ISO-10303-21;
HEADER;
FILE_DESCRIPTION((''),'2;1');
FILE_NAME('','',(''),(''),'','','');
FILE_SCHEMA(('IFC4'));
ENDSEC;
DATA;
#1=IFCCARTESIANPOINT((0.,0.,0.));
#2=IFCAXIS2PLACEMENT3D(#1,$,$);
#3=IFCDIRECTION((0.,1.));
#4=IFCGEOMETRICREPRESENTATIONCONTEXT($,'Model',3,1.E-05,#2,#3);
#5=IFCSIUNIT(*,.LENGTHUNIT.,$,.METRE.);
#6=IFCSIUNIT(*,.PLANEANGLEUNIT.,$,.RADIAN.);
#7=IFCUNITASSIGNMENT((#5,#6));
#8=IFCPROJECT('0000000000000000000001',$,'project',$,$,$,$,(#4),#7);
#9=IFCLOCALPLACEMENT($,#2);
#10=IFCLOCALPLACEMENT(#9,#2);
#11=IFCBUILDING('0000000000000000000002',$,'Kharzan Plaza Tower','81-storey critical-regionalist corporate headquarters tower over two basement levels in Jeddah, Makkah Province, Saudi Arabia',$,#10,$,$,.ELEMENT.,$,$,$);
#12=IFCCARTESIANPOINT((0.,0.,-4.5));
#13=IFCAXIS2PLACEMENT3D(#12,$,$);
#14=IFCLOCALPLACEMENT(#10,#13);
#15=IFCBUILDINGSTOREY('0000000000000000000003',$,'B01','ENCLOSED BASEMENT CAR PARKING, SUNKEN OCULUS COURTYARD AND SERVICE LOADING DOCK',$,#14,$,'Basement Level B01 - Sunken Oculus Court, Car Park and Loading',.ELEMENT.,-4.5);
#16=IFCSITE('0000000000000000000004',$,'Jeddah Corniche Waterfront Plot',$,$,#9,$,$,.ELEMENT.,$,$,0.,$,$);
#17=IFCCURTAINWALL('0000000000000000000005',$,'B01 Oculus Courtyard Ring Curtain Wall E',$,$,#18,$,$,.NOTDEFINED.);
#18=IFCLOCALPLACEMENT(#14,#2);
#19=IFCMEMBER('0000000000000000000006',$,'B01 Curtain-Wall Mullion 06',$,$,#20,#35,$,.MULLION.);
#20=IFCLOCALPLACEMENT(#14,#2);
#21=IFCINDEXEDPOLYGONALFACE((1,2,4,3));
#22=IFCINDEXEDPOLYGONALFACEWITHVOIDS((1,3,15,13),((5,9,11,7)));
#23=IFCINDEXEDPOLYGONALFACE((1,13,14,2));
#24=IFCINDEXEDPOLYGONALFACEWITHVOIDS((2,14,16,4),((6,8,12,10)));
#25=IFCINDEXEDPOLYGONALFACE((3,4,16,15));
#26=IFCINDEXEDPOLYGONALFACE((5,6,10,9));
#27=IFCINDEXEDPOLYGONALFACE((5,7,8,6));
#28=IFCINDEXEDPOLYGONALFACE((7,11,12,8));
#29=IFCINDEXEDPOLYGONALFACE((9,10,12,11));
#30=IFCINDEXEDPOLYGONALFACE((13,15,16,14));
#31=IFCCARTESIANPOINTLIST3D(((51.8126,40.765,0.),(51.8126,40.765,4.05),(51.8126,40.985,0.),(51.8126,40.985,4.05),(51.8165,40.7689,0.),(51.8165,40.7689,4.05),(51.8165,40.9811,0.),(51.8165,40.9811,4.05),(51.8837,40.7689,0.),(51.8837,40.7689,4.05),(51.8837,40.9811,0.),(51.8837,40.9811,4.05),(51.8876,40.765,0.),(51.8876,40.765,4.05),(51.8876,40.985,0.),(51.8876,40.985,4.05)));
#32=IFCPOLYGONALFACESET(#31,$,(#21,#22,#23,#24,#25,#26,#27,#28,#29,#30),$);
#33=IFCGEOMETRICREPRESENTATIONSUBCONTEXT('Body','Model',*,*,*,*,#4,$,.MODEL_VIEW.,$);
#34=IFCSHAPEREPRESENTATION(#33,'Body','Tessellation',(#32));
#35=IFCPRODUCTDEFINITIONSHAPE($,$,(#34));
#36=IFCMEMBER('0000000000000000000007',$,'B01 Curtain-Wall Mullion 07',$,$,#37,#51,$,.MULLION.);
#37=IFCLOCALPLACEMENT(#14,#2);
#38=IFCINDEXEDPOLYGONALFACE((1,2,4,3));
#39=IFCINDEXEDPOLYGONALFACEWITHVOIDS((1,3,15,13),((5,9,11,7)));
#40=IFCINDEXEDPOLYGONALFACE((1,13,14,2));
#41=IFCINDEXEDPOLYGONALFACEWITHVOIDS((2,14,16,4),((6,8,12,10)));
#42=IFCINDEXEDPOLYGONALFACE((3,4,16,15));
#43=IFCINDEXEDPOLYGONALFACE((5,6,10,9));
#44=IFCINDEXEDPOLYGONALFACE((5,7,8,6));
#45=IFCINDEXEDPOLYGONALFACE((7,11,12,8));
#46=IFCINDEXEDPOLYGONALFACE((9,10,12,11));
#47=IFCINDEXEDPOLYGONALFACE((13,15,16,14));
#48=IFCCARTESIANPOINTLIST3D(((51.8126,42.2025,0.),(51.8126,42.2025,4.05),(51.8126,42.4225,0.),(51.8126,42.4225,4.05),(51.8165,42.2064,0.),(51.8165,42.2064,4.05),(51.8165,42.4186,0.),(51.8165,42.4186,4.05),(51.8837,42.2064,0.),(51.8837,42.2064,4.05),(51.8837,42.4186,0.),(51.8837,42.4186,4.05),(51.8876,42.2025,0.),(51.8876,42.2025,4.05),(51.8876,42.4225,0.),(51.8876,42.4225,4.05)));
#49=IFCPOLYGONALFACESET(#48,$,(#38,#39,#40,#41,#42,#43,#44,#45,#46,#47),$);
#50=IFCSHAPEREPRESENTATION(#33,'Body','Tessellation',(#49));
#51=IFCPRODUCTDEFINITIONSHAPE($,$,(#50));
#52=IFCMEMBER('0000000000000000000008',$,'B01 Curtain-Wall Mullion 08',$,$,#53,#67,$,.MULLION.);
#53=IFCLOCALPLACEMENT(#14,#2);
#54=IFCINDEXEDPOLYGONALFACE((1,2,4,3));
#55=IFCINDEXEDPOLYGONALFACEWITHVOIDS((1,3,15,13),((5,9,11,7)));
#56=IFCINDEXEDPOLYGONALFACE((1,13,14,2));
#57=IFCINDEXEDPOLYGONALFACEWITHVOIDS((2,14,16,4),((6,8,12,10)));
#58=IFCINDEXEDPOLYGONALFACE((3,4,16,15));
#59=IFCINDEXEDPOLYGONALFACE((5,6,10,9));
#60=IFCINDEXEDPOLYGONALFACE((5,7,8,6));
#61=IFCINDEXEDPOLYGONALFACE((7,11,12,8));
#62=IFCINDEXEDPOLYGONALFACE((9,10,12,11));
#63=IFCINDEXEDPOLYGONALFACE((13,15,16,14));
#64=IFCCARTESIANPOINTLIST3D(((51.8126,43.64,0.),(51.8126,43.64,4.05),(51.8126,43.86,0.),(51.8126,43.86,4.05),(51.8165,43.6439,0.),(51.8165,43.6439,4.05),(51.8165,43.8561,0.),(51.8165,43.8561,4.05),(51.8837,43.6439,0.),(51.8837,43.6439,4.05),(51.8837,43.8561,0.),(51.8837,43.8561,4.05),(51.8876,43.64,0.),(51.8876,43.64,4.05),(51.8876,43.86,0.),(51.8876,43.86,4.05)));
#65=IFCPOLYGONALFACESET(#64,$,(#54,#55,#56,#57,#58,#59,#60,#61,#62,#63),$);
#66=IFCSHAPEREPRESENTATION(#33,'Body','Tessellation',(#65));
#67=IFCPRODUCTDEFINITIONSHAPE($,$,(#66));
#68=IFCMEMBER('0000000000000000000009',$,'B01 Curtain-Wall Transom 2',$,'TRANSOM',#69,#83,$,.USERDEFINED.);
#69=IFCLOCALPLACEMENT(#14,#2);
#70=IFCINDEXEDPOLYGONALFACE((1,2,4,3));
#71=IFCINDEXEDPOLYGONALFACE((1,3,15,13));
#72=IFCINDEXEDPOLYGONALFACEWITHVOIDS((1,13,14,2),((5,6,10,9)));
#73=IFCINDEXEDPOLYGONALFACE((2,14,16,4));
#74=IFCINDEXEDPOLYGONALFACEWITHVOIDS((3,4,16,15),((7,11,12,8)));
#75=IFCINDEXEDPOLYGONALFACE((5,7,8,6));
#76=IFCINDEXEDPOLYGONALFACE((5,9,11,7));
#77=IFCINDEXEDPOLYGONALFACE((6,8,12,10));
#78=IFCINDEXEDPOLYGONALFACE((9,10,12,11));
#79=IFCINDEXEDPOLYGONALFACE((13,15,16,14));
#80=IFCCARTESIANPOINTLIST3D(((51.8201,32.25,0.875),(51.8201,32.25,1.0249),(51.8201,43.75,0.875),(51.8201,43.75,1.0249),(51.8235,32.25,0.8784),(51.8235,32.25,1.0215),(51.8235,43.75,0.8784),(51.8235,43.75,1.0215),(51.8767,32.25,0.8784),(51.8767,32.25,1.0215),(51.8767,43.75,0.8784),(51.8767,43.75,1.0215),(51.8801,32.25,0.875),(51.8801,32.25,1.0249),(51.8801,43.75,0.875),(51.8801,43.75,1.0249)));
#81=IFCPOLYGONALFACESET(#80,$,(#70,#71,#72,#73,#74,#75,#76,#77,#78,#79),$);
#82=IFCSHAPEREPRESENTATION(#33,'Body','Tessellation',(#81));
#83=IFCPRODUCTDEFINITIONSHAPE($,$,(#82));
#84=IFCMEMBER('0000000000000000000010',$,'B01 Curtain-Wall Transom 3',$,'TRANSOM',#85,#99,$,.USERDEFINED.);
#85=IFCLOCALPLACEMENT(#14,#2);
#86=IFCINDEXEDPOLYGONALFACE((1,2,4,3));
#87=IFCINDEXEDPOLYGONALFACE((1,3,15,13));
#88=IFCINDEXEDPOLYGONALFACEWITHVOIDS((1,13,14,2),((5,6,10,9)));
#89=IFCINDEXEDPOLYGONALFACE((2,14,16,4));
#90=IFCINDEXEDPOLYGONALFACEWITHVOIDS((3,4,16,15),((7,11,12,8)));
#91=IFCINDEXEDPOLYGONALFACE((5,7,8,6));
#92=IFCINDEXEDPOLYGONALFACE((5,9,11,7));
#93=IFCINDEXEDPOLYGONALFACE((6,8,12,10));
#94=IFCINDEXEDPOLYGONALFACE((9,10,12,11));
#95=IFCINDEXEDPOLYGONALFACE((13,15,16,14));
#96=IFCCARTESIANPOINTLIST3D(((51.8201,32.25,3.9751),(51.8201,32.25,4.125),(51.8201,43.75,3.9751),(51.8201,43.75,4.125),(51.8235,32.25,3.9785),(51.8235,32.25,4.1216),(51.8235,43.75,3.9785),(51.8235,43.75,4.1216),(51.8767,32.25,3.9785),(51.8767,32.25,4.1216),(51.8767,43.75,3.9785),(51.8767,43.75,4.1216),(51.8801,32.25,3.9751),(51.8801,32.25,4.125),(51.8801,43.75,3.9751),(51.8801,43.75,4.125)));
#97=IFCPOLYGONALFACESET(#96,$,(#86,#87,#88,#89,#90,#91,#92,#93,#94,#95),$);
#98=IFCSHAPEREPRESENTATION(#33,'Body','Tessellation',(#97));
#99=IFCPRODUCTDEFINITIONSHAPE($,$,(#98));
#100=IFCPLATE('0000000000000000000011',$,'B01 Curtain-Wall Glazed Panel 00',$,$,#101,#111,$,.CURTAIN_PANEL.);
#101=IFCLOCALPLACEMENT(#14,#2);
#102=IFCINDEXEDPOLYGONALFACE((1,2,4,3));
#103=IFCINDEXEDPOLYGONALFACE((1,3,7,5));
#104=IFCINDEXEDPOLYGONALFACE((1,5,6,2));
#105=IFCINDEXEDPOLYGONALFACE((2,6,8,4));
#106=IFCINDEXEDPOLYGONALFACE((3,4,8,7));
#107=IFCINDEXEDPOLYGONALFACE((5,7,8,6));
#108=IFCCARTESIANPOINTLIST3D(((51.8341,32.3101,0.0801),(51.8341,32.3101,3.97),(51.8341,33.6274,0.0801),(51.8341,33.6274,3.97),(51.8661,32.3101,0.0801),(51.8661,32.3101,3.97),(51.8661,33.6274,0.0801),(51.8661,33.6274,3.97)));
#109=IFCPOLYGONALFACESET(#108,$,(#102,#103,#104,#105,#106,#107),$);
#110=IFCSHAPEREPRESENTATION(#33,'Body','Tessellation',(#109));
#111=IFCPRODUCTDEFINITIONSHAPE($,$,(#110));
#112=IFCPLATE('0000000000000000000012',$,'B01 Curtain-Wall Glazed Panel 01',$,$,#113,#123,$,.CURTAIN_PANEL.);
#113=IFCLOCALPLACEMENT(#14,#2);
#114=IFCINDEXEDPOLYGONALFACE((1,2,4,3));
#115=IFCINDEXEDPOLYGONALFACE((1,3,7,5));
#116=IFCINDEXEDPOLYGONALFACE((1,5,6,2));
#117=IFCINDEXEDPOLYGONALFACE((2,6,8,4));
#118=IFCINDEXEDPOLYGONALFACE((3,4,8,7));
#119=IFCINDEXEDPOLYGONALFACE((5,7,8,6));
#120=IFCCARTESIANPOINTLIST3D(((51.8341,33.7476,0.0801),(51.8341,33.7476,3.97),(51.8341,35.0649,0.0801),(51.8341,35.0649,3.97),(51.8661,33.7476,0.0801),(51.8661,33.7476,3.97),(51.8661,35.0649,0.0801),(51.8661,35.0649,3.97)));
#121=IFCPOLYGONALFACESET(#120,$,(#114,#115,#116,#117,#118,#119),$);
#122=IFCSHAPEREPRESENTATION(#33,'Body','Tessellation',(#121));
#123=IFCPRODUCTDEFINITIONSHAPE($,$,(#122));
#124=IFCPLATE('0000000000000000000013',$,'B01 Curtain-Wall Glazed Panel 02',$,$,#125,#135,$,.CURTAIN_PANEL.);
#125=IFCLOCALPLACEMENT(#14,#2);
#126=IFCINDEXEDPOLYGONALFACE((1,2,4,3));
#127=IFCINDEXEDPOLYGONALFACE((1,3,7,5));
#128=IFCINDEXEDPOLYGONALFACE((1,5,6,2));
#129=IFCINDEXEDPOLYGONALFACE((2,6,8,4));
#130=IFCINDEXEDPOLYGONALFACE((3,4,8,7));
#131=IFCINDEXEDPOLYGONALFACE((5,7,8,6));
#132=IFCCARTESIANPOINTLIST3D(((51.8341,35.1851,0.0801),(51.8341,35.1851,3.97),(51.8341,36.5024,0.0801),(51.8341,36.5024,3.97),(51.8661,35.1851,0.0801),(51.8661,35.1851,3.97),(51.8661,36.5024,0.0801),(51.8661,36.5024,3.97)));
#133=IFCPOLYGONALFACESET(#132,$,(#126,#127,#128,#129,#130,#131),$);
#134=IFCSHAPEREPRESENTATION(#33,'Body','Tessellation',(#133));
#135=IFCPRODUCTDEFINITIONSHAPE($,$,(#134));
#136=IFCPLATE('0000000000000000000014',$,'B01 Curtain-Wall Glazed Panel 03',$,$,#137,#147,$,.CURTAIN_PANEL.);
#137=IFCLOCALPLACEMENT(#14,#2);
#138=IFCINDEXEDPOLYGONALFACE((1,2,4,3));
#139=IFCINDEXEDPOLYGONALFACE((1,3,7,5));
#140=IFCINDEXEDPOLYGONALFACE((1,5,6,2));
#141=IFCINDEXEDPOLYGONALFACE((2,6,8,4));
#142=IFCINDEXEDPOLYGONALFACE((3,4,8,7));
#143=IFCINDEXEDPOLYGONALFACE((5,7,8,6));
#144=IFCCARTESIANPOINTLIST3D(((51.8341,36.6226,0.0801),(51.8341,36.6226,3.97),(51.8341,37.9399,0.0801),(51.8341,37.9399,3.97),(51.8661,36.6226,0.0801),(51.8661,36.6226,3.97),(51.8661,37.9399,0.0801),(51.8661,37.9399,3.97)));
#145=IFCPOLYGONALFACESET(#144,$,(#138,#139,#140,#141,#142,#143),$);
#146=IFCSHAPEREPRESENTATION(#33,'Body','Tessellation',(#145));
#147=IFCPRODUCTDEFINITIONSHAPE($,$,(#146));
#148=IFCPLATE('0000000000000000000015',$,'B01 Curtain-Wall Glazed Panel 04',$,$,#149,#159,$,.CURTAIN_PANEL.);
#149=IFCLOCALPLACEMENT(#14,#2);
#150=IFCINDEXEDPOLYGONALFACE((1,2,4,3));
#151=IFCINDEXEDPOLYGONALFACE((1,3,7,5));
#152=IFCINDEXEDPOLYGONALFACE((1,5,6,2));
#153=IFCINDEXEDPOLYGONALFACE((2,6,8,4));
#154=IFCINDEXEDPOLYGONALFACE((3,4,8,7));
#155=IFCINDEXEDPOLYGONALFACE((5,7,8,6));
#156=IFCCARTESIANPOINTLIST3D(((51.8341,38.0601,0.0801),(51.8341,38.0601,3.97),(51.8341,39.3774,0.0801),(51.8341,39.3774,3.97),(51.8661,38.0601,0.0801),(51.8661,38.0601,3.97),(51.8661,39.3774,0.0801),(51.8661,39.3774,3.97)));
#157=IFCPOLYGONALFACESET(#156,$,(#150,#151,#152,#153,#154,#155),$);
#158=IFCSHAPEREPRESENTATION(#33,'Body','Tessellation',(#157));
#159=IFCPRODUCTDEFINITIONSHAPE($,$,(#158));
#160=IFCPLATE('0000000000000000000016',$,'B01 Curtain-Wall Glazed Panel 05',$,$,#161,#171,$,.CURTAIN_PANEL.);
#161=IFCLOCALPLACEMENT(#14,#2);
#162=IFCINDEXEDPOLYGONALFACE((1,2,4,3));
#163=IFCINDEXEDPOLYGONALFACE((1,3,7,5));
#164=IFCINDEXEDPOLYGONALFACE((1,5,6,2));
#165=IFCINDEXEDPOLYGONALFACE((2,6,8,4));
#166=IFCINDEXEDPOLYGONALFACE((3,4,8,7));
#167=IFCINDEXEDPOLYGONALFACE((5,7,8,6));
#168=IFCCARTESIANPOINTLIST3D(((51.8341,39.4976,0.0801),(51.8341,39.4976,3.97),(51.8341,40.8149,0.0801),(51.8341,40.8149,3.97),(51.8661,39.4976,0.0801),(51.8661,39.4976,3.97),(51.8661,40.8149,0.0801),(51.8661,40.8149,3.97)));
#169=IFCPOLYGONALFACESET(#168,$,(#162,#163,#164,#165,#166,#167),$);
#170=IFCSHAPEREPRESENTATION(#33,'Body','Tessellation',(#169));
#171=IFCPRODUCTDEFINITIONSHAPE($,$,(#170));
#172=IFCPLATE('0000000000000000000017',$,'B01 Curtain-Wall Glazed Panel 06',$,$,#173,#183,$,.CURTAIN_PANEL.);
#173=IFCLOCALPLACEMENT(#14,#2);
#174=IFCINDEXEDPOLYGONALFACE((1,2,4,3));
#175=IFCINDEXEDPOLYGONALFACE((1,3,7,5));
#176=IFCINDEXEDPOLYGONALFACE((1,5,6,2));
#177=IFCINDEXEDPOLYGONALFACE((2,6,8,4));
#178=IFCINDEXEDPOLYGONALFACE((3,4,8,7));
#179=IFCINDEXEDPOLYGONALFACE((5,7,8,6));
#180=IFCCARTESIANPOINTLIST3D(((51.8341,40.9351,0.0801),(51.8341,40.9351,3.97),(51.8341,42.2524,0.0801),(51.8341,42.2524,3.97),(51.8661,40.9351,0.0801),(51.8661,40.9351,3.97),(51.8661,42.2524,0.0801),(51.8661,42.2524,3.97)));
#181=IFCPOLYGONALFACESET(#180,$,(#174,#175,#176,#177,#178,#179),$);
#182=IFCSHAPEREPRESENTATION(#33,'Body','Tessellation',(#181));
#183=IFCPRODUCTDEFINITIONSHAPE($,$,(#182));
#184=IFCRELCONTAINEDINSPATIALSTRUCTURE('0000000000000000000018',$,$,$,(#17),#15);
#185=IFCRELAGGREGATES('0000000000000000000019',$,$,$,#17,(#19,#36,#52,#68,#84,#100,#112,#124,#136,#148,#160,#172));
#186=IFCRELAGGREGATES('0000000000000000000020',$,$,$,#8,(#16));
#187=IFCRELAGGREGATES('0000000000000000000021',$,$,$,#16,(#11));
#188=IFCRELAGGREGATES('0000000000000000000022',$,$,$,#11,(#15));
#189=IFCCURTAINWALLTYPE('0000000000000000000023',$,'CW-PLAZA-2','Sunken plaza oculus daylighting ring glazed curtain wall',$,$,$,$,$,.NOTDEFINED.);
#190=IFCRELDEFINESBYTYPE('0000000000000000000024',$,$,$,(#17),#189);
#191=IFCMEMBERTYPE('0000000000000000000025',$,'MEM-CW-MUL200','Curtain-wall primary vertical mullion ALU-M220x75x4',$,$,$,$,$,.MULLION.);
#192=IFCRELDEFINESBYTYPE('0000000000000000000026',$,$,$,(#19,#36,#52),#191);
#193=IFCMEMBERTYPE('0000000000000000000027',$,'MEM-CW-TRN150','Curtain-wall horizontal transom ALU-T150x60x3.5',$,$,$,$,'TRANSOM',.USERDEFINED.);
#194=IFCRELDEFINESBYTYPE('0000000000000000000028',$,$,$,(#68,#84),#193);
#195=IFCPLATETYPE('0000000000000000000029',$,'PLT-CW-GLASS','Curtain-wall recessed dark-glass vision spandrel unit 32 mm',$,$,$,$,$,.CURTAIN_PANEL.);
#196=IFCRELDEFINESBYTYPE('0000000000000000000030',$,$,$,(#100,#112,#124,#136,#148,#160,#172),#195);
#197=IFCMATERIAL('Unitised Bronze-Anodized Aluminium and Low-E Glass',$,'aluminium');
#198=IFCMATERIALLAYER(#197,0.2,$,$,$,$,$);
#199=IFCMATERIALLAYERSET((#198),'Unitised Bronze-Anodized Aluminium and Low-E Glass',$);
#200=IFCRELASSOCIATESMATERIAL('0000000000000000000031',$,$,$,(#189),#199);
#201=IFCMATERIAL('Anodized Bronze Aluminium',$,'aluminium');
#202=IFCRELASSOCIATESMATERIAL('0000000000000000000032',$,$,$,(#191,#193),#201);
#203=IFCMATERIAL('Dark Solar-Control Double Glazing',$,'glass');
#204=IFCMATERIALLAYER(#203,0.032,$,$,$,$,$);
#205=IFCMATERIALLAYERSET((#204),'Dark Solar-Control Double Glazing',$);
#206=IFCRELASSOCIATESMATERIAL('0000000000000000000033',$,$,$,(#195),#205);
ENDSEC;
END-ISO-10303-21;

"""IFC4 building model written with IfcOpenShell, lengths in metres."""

from ifc_helpers import new_model, si_unit, direction, frame, origin, origin_2d, place, context, subcontext, project, spatial, rectangle, hollow_rectangle, extrude, source, transform, mapped, material, layer, layer_set, material_profile, profile_set, type_object, element, aggregate, save


model = new_model("IFC4")

# Units and contexts
model_context = context("Model", 3, precision=1e-05, world=origin(), true_north=direction((0.0, 1.0)))
body_context = subcontext(model_context, "Body", "Model", "MODEL_VIEW")
ifc_project = project(units=[si_unit("LENGTHUNIT", "METRE"), si_unit("PLANEANGLEUNIT", "RADIAN")], contexts=[model_context])

# Site, building, storey
site_placement = place(None, origin())
site = spatial("IfcSite", under=ifc_project, at=site_placement, Name="Jeddah Corniche Waterfront Plot", CompositionType="ELEMENT", RefElevation=0.0)
building_placement = place(site_placement, origin())
building = spatial("IfcBuilding", under=site, at=building_placement, Name="Kharzan Plaza Tower", Description="81-storey critical-regionalist corporate headquarters tower over two basement levels in Jeddah, Makkah Province, Saudi Arabia", CompositionType="ELEMENT")
storey_placement = place(building_placement, frame((0.0, 0.0, -4.5)))
storey = spatial("IfcBuildingStorey", under=building, at=storey_placement, Name="B01", Description="ENCLOSED BASEMENT CAR PARKING, SUNKEN OCULUS COURTYARD AND SERVICE LOADING DOCK", LongName="Basement Level B01 - Sunken Oculus Court, Car Park and Loading", CompositionType="ELEMENT", Elevation=-4.5)

# Curtain wall, members, plates
ifc_material_1 = material(Name="Unitised Bronze-Anodized Aluminium and Low-E Glass", Category="aluminium")
ifc_layer_1 = layer(ifc_material_1, 0.2)
ifc_layer_set_1 = layer_set([ifc_layer_1], Name="Unitised Bronze-Anodized Aluminium and Low-E Glass")
curtain_wall_type = type_object("IfcCurtainWallType", Name="CW-PLAZA-2", Description="Sunken plaza oculus daylighting ring glazed curtain wall", PredefinedType="NOTDEFINED", material=ifc_layer_set_1)
curtain_wall_placement = place(storey_placement, origin())
curtain_wall = element("IfcCurtainWall", 1, at=curtain_wall_placement, inside=storey, type_object=curtain_wall_type, Name="B01 Oculus Courtyard Ring Curtain Wall E", PredefinedType="NOTDEFINED")
ifc_material_2 = material(Name="Anodized Bronze Aluminium", Category="aluminium")
ifc_material_profile_1 = material_profile(ifc_material_2, hollow_rectangle(XDim=0.075, YDim=0.22, WallThickness=0.0039, at=origin_2d()), Name="ALU-M220x75x4")
ifc_profile_set_1 = profile_set([ifc_material_profile_1], Name="Anodized Bronze Aluminium")
member_type_1 = type_object("IfcMemberType", Name="MEM-CW-MUL200", Description="Curtain-wall primary vertical mullion ALU-M220x75x4", PredefinedType="MULLION", material=ifc_profile_set_1)
shared_shape_1 = source(origin(), body_context, "Body", "SweptSolid", [
    extrude(hollow_rectangle(XDim=0.075, YDim=0.22, WallThickness=0.0039, at=origin_2d()), origin(), (0.0, 0.0, 1.0), 4.05),
])
member_1_placement = place(storey_placement, frame((51.8501, 40.875, 0.0), z_axis=(0.0, 0.0, 1.0), x_axis=(1.0, 0.0, 0.0)))
member_1 = element("IfcMember", 2, at=member_1_placement, type_object=member_type_1, Name="B01 Curtain-Wall Mullion 06", PredefinedType="MULLION", context=body_context, shape_type="MappedRepresentation", body=[
    mapped(shared_shape_1, transform((0.0, 0.0, 0.0), x_axis=(1.0, 0.0, 0.0), y_axis=(0.0, 1.0, 0.0), z_axis=(0.0, 0.0, 1.0))),
])
member_2_placement = place(storey_placement, frame((51.8501, 42.3125, 0.0), z_axis=(0.0, 0.0, 1.0), x_axis=(1.0, 0.0, 0.0)))
member_2 = element("IfcMember", 3, at=member_2_placement, type_object=member_type_1, Name="B01 Curtain-Wall Mullion 07", PredefinedType="MULLION", context=body_context, shape_type="MappedRepresentation", body=[
    mapped(shared_shape_1, transform((0.0, 0.0, 0.0), x_axis=(1.0, 0.0, 0.0), y_axis=(0.0, 1.0, 0.0), z_axis=(0.0, 0.0, 1.0))),
])
member_3_placement = place(storey_placement, frame((51.8501, 43.75, 0.0), z_axis=(0.0, 0.0, 1.0), x_axis=(1.0, 0.0, 0.0)))
member_3 = element("IfcMember", 4, at=member_3_placement, type_object=member_type_1, Name="B01 Curtain-Wall Mullion 08", PredefinedType="MULLION", context=body_context, shape_type="MappedRepresentation", body=[
    mapped(shared_shape_1, transform((0.0, 0.0, 0.0), x_axis=(1.0, 0.0, 0.0), y_axis=(0.0, 1.0, 0.0), z_axis=(0.0, 0.0, 1.0))),
])
ifc_material_profile_2 = material_profile(ifc_material_2, hollow_rectangle(XDim=0.0601, YDim=0.1499, WallThickness=0.0034, at=origin_2d()), Name="ALU-T150x60x3.5")
ifc_profile_set_2 = profile_set([ifc_material_profile_2], Name="Anodized Bronze Aluminium")
member_type_2 = type_object("IfcMemberType", Name="MEM-CW-TRN150", Description="Curtain-wall horizontal transom ALU-T150x60x3.5", ElementType="TRANSOM", PredefinedType="USERDEFINED", material=ifc_profile_set_2)
shared_shape_2 = source(origin(), body_context, "Body", "SweptSolid", [
    extrude(hollow_rectangle(XDim=0.0601, YDim=0.1499, WallThickness=0.0034, at=origin_2d()), origin(), (0.0, 0.0, 1.0), 11.5),
])
member_4_placement = place(storey_placement, frame((51.8501, 32.25, 0.95), z_axis=(0.0, 1.0, 0.0), x_axis=(-1.0, 0.0, 0.0)))
member_4 = element("IfcMember", 5, at=member_4_placement, type_object=member_type_2, Name="B01 Curtain-Wall Transom 2", ObjectType="TRANSOM", PredefinedType="USERDEFINED", context=body_context, shape_type="MappedRepresentation", body=[
    mapped(shared_shape_2, transform((0.0, 0.0, 0.0), x_axis=(1.0, 0.0, 0.0), y_axis=(0.0, 1.0, 0.0), z_axis=(0.0, 0.0, 1.0))),
])
member_5_placement = place(storey_placement, frame((51.8501, 32.25, 4.05), z_axis=(0.0, 1.0, 0.0), x_axis=(-1.0, 0.0, 0.0)))
member_5 = element("IfcMember", 6, at=member_5_placement, type_object=member_type_2, Name="B01 Curtain-Wall Transom 3", ObjectType="TRANSOM", PredefinedType="USERDEFINED", context=body_context, shape_type="MappedRepresentation", body=[
    mapped(shared_shape_2, transform((0.0, 0.0, 0.0), x_axis=(1.0, 0.0, 0.0), y_axis=(0.0, 1.0, 0.0), z_axis=(0.0, 0.0, 1.0))),
])
ifc_material_3 = material(Name="Dark Solar-Control Double Glazing", Category="glass")
ifc_layer_2 = layer(ifc_material_3, 0.032)
ifc_layer_set_2 = layer_set([ifc_layer_2], Name="Dark Solar-Control Double Glazing")
plate_type = type_object("IfcPlateType", Name="PLT-CW-GLASS", Description="Curtain-wall recessed dark-glass vision spandrel unit 32 mm", PredefinedType="CURTAIN_PANEL", material=ifc_layer_set_2)
shared_shape_3 = source(origin(), body_context, "Body", "SweptSolid", [
    extrude(rectangle(XDim=1.3174, YDim=0.032, at=origin_2d()), origin(), (0.0, 0.0, 1.0), 3.8899),
])
plate_1_placement = place(storey_placement, frame((51.8501, 32.9688, 0.0801), z_axis=(0.0, 0.0, 1.0), x_axis=(0.0, 1.0, 0.0)))
plate_1 = element("IfcPlate", 7, at=plate_1_placement, type_object=plate_type, Name="B01 Curtain-Wall Glazed Panel 00", PredefinedType="CURTAIN_PANEL", context=body_context, shape_type="MappedRepresentation", body=[
    mapped(shared_shape_3, transform((0.0, 0.0, 0.0), x_axis=(1.0, 0.0, 0.0), y_axis=(0.0, 1.0, 0.0), z_axis=(0.0, 0.0, 1.0))),
])
plate_2_placement = place(storey_placement, frame((51.8501, 34.4062, 0.0801), z_axis=(0.0, 0.0, 1.0), x_axis=(0.0, 1.0, 0.0)))
plate_2 = element("IfcPlate", 8, at=plate_2_placement, type_object=plate_type, Name="B01 Curtain-Wall Glazed Panel 01", PredefinedType="CURTAIN_PANEL", context=body_context, shape_type="MappedRepresentation", body=[
    mapped(shared_shape_3, transform((0.0, 0.0, 0.0), x_axis=(1.0, 0.0, 0.0), y_axis=(0.0, 1.0, 0.0), z_axis=(0.0, 0.0, 1.0))),
])
plate_3_placement = place(storey_placement, frame((51.8501, 35.8438, 0.0801), z_axis=(0.0, 0.0, 1.0), x_axis=(0.0, 1.0, 0.0)))
plate_3 = element("IfcPlate", 9, at=plate_3_placement, type_object=plate_type, Name="B01 Curtain-Wall Glazed Panel 02", PredefinedType="CURTAIN_PANEL", context=body_context, shape_type="MappedRepresentation", body=[
    mapped(shared_shape_3, transform((0.0, 0.0, 0.0), x_axis=(1.0, 0.0, 0.0), y_axis=(0.0, 1.0, 0.0), z_axis=(0.0, 0.0, 1.0))),
])
plate_4_placement = place(storey_placement, frame((51.8501, 37.2812, 0.0801), z_axis=(0.0, 0.0, 1.0), x_axis=(0.0, 1.0, 0.0)))
plate_4 = element("IfcPlate", 10, at=plate_4_placement, type_object=plate_type, Name="B01 Curtain-Wall Glazed Panel 03", PredefinedType="CURTAIN_PANEL", context=body_context, shape_type="MappedRepresentation", body=[
    mapped(shared_shape_3, transform((0.0, 0.0, 0.0), x_axis=(1.0, 0.0, 0.0), y_axis=(0.0, 1.0, 0.0), z_axis=(0.0, 0.0, 1.0))),
])
plate_5_placement = place(storey_placement, frame((51.8501, 38.7188, 0.0801), z_axis=(0.0, 0.0, 1.0), x_axis=(0.0, 1.0, 0.0)))
plate_5 = element("IfcPlate", 11, at=plate_5_placement, type_object=plate_type, Name="B01 Curtain-Wall Glazed Panel 04", PredefinedType="CURTAIN_PANEL", context=body_context, shape_type="MappedRepresentation", body=[
    mapped(shared_shape_3, transform((0.0, 0.0, 0.0), x_axis=(1.0, 0.0, 0.0), y_axis=(0.0, 1.0, 0.0), z_axis=(0.0, 0.0, 1.0))),
])
plate_6_placement = place(storey_placement, frame((51.8501, 40.1562, 0.0801), z_axis=(0.0, 0.0, 1.0), x_axis=(0.0, 1.0, 0.0)))
plate_6 = element("IfcPlate", 12, at=plate_6_placement, type_object=plate_type, Name="B01 Curtain-Wall Glazed Panel 05", PredefinedType="CURTAIN_PANEL", context=body_context, shape_type="MappedRepresentation", body=[
    mapped(shared_shape_3, transform((0.0, 0.0, 0.0), x_axis=(1.0, 0.0, 0.0), y_axis=(0.0, 1.0, 0.0), z_axis=(0.0, 0.0, 1.0))),
])
plate_7_placement = place(storey_placement, frame((51.8501, 41.5938, 0.0801), z_axis=(0.0, 0.0, 1.0), x_axis=(0.0, 1.0, 0.0)))
plate_7 = element("IfcPlate", 13, at=plate_7_placement, type_object=plate_type, Name="B01 Curtain-Wall Glazed Panel 06", PredefinedType="CURTAIN_PANEL", context=body_context, shape_type="MappedRepresentation", body=[
    mapped(shared_shape_3, transform((0.0, 0.0, 0.0), x_axis=(1.0, 0.0, 0.0), y_axis=(0.0, 1.0, 0.0), z_axis=(0.0, 0.0, 1.0))),
])
aggregate(curtain_wall, [member_1, member_2, member_3, member_4, member_5, plate_1, plate_2, plate_3, plate_4, plate_5, plate_6, plate_7])

save(model, "model.ifc")
